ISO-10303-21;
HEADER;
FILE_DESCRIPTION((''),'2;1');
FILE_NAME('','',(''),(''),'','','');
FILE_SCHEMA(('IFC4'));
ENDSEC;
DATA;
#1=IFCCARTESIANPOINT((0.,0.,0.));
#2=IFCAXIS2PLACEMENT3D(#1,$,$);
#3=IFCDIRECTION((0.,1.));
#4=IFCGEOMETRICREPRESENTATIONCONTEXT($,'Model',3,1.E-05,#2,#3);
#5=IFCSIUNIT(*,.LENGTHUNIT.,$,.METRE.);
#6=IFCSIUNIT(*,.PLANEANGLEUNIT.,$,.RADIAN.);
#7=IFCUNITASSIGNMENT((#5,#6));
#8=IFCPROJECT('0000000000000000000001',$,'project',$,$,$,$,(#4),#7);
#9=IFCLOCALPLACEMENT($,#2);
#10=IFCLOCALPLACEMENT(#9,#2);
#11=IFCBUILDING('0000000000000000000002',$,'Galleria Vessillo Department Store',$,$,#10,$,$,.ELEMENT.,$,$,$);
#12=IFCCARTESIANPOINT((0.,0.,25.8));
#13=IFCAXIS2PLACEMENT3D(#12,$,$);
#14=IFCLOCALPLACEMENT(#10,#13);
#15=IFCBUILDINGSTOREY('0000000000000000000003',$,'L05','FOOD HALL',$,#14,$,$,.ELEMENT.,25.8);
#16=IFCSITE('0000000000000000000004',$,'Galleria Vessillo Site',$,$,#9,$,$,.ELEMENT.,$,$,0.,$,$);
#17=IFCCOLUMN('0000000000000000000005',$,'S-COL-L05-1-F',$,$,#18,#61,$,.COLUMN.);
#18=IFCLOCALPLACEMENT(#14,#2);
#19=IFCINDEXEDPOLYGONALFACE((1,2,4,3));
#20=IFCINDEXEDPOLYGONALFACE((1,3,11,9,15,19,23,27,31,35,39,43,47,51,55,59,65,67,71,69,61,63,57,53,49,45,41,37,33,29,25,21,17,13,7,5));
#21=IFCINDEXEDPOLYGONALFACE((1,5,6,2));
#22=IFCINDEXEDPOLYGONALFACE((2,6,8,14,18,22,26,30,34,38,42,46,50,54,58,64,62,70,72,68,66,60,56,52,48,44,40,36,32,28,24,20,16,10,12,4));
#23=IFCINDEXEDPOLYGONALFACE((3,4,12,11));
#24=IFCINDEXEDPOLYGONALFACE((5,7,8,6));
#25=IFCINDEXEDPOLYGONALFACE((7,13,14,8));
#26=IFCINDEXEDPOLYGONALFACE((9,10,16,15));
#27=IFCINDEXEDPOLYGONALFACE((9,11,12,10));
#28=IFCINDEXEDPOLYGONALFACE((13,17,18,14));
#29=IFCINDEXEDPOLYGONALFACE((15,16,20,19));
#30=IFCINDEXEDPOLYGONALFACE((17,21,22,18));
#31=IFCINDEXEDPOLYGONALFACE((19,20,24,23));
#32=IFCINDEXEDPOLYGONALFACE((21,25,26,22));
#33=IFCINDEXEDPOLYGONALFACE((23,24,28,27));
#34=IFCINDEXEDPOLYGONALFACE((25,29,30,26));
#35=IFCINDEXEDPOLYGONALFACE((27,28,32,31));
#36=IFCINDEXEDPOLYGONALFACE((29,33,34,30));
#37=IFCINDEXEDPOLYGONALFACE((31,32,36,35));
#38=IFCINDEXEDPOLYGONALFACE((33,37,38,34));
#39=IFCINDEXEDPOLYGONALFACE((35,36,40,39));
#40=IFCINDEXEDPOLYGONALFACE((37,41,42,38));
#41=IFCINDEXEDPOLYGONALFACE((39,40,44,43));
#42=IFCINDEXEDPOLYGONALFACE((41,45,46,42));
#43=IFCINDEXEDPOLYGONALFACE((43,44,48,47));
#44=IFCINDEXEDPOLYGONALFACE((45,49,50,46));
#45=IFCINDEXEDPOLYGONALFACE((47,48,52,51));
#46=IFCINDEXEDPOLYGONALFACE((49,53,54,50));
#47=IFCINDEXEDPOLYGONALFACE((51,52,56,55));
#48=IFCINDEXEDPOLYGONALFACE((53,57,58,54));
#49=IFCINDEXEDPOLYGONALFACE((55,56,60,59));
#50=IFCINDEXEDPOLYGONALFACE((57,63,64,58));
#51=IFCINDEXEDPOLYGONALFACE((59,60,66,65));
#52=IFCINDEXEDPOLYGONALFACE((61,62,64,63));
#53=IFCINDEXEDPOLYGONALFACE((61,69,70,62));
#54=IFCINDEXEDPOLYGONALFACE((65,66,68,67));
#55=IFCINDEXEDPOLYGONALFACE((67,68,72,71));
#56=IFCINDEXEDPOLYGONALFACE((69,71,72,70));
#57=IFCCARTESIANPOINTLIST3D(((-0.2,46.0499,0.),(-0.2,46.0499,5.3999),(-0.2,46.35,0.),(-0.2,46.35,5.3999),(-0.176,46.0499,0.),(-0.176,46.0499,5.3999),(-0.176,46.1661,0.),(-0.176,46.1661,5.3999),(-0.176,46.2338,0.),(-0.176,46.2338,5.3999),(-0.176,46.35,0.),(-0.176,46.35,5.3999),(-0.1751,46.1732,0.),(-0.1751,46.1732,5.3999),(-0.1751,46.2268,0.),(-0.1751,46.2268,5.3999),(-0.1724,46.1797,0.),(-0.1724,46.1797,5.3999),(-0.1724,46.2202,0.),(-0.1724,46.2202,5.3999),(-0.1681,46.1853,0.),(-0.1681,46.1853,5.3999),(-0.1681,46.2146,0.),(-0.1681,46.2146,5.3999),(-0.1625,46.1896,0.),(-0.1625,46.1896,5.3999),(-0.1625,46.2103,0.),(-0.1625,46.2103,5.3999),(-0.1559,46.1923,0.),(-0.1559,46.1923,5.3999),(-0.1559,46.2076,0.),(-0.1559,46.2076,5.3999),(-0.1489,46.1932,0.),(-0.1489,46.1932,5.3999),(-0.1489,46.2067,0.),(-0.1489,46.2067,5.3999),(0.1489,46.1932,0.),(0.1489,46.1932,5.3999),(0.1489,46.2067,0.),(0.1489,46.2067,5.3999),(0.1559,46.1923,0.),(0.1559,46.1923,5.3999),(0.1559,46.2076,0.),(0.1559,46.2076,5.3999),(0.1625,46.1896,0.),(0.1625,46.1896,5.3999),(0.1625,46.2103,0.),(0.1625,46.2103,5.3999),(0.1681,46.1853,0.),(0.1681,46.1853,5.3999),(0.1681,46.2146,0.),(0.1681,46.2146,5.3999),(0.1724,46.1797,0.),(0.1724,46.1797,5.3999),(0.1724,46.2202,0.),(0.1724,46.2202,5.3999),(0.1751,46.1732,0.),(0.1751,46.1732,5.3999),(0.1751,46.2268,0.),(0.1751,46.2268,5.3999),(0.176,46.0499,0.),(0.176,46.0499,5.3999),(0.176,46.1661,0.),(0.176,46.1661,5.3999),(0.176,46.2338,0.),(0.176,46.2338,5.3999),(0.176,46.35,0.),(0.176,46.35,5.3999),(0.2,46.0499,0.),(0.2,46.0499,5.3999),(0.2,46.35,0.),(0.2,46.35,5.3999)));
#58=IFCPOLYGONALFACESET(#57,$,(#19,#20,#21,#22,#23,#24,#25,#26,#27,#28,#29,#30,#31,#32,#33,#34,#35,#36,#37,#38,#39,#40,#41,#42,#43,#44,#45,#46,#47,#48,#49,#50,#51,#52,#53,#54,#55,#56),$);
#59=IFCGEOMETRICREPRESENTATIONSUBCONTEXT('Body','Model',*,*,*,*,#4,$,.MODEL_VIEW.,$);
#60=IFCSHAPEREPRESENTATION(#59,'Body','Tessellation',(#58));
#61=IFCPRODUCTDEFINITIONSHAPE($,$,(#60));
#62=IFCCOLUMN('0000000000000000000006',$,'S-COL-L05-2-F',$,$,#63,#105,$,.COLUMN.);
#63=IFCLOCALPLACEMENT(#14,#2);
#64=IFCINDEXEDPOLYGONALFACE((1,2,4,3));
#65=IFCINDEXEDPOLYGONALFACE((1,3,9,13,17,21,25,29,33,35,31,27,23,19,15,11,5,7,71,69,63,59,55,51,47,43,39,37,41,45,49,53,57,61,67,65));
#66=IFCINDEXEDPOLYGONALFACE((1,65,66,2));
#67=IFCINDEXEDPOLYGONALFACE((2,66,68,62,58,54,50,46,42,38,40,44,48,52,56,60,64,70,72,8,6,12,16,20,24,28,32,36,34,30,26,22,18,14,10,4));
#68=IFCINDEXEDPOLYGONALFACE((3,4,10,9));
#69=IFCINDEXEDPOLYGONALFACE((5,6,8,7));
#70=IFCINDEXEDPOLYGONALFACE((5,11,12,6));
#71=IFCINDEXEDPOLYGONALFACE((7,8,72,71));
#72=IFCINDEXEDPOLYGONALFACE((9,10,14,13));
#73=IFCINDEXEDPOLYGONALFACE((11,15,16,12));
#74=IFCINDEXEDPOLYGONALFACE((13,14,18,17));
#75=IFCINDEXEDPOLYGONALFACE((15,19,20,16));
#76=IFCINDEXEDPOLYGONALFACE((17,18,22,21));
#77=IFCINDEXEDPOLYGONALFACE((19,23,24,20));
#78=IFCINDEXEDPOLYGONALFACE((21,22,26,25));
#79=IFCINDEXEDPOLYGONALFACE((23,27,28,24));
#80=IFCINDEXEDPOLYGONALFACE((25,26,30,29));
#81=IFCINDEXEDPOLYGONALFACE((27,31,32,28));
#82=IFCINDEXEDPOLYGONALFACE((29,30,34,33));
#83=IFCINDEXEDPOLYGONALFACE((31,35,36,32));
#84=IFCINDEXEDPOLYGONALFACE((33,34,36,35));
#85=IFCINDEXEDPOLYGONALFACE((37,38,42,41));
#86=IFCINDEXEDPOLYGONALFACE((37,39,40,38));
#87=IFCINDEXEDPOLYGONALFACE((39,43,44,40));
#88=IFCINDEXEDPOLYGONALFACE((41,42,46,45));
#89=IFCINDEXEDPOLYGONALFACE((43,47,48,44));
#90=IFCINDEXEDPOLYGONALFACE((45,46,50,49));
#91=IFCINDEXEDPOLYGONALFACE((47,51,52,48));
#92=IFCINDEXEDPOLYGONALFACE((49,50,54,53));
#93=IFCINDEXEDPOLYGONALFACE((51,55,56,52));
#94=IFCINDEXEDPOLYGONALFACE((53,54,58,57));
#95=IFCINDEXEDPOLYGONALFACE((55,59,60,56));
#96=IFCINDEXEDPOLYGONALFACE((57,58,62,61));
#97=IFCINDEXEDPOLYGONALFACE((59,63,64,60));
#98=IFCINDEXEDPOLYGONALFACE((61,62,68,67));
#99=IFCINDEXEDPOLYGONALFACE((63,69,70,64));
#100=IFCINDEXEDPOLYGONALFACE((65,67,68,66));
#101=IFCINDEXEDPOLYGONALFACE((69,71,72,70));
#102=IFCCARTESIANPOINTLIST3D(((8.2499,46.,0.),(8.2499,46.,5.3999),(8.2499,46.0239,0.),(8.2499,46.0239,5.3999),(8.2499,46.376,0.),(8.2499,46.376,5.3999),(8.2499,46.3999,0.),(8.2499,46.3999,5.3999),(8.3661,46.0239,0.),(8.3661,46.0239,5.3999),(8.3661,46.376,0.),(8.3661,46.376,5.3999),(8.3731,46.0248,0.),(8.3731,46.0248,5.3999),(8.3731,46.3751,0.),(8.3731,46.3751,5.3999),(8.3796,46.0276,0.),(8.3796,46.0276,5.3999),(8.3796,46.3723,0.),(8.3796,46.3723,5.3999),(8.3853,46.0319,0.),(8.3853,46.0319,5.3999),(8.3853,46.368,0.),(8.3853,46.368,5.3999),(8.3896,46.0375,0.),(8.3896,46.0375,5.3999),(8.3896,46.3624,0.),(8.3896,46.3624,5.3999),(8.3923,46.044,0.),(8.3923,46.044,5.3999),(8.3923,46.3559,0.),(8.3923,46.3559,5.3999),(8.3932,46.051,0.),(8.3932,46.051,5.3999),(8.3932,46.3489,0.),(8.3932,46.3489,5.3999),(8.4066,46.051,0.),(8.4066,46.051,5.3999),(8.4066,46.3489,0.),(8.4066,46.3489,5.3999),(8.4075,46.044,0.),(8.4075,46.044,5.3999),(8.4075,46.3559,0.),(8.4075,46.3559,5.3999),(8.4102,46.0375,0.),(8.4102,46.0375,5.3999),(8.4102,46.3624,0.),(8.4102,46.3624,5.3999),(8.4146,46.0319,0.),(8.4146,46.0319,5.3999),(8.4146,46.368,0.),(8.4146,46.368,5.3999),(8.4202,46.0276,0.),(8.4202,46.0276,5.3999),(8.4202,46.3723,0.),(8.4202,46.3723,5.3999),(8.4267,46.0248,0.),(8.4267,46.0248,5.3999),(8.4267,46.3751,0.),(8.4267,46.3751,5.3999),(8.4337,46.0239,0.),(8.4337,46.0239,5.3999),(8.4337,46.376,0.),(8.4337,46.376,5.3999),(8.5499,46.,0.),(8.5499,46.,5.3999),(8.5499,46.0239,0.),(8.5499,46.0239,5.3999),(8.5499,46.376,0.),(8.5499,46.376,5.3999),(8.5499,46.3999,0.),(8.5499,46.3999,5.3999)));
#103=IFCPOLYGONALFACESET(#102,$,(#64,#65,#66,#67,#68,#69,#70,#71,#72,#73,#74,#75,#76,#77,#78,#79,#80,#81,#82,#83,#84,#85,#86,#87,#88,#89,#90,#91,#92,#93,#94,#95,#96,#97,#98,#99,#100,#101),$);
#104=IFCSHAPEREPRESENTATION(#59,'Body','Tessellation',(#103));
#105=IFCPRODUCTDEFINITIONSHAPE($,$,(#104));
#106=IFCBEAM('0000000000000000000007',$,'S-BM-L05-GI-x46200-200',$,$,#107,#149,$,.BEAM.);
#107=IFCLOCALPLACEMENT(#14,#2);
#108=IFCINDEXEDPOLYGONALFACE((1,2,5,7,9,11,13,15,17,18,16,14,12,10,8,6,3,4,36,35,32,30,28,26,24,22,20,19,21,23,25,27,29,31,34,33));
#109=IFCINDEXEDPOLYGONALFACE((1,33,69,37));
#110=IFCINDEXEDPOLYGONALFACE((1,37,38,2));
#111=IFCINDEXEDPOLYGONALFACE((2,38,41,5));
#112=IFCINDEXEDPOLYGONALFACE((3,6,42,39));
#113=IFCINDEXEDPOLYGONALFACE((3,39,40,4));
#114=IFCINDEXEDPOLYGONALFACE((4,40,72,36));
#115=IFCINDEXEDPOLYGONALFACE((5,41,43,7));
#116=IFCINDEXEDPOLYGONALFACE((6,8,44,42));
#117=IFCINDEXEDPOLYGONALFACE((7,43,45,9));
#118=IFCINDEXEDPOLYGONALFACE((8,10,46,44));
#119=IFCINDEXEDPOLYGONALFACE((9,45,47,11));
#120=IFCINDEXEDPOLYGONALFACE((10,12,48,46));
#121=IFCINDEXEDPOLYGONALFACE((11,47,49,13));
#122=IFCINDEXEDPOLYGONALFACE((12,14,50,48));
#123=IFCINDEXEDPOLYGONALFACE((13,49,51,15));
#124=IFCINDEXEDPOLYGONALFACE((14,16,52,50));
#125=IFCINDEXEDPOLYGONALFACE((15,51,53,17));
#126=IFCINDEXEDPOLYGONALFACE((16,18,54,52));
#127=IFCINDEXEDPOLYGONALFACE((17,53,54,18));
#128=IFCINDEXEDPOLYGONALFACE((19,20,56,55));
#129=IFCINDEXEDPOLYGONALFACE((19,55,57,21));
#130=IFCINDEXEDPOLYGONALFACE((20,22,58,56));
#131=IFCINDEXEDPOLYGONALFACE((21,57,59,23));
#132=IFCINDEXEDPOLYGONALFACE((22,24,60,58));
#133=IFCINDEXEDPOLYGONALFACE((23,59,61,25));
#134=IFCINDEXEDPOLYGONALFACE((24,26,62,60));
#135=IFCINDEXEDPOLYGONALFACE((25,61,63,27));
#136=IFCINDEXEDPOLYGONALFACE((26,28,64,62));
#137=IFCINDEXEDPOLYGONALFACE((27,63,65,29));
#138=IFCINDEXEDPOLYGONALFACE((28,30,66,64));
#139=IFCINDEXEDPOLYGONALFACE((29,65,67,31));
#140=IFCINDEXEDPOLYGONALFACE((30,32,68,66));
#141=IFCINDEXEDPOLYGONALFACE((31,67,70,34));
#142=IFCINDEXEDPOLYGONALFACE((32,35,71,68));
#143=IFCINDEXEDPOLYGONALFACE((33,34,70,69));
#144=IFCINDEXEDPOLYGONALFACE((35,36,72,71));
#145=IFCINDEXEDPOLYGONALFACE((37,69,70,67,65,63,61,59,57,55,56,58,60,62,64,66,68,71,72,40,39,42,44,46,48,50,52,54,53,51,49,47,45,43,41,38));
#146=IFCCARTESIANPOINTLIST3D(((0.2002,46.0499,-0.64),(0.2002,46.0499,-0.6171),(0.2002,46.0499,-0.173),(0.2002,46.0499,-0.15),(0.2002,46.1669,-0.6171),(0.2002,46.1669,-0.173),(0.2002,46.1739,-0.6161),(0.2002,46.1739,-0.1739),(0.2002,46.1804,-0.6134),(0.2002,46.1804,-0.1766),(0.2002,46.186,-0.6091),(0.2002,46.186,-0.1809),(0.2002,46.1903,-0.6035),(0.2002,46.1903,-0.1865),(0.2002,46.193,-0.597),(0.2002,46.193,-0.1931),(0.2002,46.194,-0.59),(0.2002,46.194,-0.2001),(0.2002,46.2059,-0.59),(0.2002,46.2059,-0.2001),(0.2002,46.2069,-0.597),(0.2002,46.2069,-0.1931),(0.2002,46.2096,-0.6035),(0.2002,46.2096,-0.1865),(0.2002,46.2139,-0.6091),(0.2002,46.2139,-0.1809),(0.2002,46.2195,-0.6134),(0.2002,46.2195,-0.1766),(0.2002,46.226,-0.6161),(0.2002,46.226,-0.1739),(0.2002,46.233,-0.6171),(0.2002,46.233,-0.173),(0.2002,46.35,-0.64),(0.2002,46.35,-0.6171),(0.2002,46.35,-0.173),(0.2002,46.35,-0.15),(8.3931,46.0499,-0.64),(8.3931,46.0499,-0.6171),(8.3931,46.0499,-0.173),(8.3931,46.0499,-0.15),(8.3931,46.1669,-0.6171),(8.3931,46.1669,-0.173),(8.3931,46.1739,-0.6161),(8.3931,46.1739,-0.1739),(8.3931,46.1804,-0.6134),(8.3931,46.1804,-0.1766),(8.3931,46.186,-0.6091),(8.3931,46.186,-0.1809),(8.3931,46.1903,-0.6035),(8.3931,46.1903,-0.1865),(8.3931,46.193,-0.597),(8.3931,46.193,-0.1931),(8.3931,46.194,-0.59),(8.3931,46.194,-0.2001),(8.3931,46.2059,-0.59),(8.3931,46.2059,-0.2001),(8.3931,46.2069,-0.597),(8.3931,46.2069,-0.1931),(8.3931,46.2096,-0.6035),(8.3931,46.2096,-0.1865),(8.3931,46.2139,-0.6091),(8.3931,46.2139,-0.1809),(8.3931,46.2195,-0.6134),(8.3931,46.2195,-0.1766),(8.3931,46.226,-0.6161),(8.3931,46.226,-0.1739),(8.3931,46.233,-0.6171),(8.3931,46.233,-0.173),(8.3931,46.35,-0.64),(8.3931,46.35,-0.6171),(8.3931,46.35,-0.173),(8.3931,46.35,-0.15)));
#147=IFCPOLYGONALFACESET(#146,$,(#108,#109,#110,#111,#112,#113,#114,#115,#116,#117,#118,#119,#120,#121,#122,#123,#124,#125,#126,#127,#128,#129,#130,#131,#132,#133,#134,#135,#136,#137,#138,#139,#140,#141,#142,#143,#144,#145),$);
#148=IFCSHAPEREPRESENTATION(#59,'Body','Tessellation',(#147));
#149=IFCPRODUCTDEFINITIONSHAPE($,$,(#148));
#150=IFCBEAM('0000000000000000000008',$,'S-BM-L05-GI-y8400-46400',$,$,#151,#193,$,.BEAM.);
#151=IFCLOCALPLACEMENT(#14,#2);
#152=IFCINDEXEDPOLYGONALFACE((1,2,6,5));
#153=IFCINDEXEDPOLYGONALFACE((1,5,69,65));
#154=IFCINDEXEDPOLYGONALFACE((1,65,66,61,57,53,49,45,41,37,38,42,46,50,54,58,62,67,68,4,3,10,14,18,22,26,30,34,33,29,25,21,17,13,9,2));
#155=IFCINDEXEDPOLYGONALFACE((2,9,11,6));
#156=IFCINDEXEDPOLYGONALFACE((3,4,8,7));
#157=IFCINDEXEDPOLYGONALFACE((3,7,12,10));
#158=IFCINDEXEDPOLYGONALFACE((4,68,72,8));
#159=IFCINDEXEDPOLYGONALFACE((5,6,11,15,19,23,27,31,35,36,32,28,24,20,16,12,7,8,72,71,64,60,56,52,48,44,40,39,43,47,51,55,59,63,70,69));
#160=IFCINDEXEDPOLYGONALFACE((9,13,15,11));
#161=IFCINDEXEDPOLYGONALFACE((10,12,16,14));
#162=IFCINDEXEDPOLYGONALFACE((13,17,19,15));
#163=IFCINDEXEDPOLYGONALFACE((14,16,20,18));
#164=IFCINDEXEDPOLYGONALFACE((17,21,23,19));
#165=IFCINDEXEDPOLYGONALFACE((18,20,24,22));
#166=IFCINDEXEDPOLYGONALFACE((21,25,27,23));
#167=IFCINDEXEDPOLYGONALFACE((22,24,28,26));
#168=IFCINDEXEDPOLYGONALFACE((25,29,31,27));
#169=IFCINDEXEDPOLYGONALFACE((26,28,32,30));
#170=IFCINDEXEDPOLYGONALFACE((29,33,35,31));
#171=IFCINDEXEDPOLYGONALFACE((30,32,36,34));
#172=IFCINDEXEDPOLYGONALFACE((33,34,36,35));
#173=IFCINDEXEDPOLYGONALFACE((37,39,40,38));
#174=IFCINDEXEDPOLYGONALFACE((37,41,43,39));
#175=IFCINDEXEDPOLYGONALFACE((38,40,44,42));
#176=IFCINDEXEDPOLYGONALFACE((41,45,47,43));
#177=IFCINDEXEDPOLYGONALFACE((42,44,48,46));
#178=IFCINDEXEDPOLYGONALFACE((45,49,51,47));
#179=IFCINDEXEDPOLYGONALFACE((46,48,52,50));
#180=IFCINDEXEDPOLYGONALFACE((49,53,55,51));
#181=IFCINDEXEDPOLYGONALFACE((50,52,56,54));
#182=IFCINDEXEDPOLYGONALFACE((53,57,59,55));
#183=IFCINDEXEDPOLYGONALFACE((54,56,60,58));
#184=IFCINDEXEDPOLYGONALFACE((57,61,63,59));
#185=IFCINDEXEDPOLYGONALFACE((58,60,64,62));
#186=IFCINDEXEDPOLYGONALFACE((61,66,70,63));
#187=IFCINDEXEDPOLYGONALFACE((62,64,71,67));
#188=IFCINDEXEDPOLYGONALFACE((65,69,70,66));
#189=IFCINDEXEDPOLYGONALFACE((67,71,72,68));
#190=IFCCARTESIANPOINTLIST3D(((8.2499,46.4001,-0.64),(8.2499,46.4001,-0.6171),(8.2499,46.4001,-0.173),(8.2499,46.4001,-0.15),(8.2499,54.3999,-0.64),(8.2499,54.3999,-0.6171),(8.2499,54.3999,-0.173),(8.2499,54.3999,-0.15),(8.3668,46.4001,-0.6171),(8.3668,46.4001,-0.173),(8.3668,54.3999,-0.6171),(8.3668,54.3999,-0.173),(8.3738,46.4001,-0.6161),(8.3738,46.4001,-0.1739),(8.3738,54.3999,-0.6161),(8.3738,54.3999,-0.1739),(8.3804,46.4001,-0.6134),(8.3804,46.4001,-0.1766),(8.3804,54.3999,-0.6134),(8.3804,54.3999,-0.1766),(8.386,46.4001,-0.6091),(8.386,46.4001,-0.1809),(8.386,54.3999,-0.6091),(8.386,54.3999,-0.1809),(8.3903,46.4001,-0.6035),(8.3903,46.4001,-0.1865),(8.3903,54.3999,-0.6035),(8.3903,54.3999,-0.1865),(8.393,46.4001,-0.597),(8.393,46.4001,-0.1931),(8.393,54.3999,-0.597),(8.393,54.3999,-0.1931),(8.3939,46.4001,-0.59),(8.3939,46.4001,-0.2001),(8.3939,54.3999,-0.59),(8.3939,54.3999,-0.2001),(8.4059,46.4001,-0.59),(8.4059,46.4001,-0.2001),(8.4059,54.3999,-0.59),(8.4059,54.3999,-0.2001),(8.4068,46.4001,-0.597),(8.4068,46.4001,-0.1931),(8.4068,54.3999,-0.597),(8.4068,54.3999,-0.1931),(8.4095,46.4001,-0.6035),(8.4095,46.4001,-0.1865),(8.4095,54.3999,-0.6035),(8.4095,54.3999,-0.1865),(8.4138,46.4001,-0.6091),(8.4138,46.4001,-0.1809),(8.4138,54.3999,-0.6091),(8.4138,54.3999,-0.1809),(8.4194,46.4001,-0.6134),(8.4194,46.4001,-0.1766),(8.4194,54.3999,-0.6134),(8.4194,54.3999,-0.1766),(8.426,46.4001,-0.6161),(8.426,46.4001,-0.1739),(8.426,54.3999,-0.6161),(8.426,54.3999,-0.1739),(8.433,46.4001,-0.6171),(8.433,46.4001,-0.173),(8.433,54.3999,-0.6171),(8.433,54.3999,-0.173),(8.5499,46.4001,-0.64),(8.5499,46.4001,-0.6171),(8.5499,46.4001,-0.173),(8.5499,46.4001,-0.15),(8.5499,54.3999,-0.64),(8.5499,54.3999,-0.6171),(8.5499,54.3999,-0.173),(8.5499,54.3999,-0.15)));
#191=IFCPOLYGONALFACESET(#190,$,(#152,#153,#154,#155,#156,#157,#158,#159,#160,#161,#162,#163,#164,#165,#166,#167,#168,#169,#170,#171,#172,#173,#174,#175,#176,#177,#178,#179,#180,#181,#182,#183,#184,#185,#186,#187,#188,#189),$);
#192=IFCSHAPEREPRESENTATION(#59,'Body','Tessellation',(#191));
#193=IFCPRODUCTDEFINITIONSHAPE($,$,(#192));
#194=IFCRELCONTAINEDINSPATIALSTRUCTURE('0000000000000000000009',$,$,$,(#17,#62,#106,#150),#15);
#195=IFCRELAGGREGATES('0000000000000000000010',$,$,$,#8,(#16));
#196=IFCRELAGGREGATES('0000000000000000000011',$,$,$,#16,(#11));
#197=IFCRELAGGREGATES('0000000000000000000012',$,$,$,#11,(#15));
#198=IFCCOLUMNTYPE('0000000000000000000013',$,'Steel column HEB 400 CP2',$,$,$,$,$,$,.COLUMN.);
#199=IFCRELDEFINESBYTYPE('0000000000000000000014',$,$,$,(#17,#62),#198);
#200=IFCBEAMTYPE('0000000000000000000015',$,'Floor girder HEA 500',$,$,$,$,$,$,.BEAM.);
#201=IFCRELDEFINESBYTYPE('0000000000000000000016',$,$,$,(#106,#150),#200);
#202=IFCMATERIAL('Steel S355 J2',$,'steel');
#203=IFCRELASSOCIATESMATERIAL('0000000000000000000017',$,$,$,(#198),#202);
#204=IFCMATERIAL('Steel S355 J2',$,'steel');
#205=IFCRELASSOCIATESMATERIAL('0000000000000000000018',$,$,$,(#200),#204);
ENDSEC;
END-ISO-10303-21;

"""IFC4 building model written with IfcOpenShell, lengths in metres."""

from ifc_helpers import new_model, si_unit, direction, frame, origin, origin_2d, place, context, subcontext, project, spatial, i_section, extrude, material, material_profile, profile_set, type_object, element, save


model = new_model("IFC4")

# Units and contexts
model_context = context("Model", 3, precision=1e-05, world=origin(), true_north=direction((0.0, 1.0)))
body_context = subcontext(model_context, "Body", "Model", "MODEL_VIEW")
ifc_project = project(units=[si_unit("LENGTHUNIT", "METRE"), si_unit("PLANEANGLEUNIT", "RADIAN")], contexts=[model_context])

# Site, building, storey
site_placement = place(None, origin())
site = spatial("IfcSite", under=ifc_project, at=site_placement, Name="Galleria Vessillo Site", CompositionType="ELEMENT", RefElevation=0.0)
building_placement = place(site_placement, origin())
building = spatial("IfcBuilding", under=site, at=building_placement, Name="Galleria Vessillo Department Store", CompositionType="ELEMENT")
storey_placement = place(building_placement, frame((0.0, 0.0, 25.8)))
storey = spatial("IfcBuildingStorey", under=building, at=storey_placement, Name="L05", Description="FOOD HALL", CompositionType="ELEMENT", Elevation=25.8)

# Columns
ifc_material_1 = material(Name="Steel S355 J2", Category="steel")
ifc_material_profile_1 = material_profile(ifc_material_1, i_section(OverallWidth=0.3, OverallDepth=0.3999, WebThickness=0.0134, FlangeThickness=0.0239, FilletRadius=0.0271, at=origin_2d()), Name="HEB 400")
ifc_profile_set_1 = profile_set([ifc_material_profile_1], Name="Steel S355 J2")
column_type = type_object("IfcColumnType", Name="Steel column HEB 400 CP2", PredefinedType="COLUMN", material=ifc_profile_set_1)
for number, where, z_axis, x_axis, name in (
    (1, (0.0, 46.2, 0.0), (0.0, 0.0, 1.0), (0.0, 1.0, 0.0), "S-COL-L05-1-F"),
    (2, (8.3999, 46.2, 0.0), (0.0, 0.0, 1.0), (1.0, 0.0, 0.0), "S-COL-L05-2-F"),
):
    element("IfcColumn", number, at=place(storey_placement, frame(where, z_axis=z_axis, x_axis=x_axis)), inside=storey, type_object=column_type, Name=name, PredefinedType="COLUMN", context=body_context, shape_type="SweptSolid", body=[
        extrude(i_section(OverallWidth=0.3, OverallDepth=0.3999, WebThickness=0.0134, FlangeThickness=0.0239, FilletRadius=0.0271, at=origin_2d()), origin(), (0.0, 0.0, 1.0), 5.3999),
    ])

# Beams
ifc_material_2 = material(Name="Steel S355 J2", Category="steel")
ifc_material_profile_2 = material_profile(ifc_material_2, i_section(OverallWidth=0.3, OverallDepth=0.49, WebThickness=0.012, FlangeThickness=0.0229, FilletRadius=0.0271, at=origin_2d()), Name="HEA 500")
ifc_profile_set_2 = profile_set([ifc_material_profile_2], Name="Steel S355 J2")
beam_type_1 = type_object("IfcBeamType", Name="Floor girder HEA 500", PredefinedType="BEAM", material=ifc_profile_set_2)
beam_1_placement = place(storey_placement, frame((0.2002, 46.2, -0.395), z_axis=(1.0, 0.0, 0.0), x_axis=(0.0, 1.0, 0.0)))
element("IfcBeam", 3, at=beam_1_placement, inside=storey, type_object=beam_type_1, Name="S-BM-L05-GI-x46200-200", PredefinedType="BEAM", context=body_context, shape_type="SweptSolid", body=[
    extrude(i_section(OverallWidth=0.3, OverallDepth=0.49, WebThickness=0.012, FlangeThickness=0.0229, FilletRadius=0.0271, at=origin_2d()), origin(), (0.0, 0.0, 1.0), 8.1929),
])
beam_2_placement = place(storey_placement, frame((8.3999, 46.4001, -0.395), z_axis=(0.0, 1.0, 0.0), x_axis=(-1.0, 0.0, 0.0)))
element("IfcBeam", 4, at=beam_2_placement, inside=storey, type_object=beam_type_1, Name="S-BM-L05-GI-y8400-46400", PredefinedType="BEAM", context=body_context, shape_type="SweptSolid", body=[
    extrude(i_section(OverallWidth=0.3, OverallDepth=0.49, WebThickness=0.012, FlangeThickness=0.0229, FilletRadius=0.0271, at=origin_2d()), origin(), (0.0, 0.0, 1.0), 7.9998),
])

save(model, "model.ifc")
